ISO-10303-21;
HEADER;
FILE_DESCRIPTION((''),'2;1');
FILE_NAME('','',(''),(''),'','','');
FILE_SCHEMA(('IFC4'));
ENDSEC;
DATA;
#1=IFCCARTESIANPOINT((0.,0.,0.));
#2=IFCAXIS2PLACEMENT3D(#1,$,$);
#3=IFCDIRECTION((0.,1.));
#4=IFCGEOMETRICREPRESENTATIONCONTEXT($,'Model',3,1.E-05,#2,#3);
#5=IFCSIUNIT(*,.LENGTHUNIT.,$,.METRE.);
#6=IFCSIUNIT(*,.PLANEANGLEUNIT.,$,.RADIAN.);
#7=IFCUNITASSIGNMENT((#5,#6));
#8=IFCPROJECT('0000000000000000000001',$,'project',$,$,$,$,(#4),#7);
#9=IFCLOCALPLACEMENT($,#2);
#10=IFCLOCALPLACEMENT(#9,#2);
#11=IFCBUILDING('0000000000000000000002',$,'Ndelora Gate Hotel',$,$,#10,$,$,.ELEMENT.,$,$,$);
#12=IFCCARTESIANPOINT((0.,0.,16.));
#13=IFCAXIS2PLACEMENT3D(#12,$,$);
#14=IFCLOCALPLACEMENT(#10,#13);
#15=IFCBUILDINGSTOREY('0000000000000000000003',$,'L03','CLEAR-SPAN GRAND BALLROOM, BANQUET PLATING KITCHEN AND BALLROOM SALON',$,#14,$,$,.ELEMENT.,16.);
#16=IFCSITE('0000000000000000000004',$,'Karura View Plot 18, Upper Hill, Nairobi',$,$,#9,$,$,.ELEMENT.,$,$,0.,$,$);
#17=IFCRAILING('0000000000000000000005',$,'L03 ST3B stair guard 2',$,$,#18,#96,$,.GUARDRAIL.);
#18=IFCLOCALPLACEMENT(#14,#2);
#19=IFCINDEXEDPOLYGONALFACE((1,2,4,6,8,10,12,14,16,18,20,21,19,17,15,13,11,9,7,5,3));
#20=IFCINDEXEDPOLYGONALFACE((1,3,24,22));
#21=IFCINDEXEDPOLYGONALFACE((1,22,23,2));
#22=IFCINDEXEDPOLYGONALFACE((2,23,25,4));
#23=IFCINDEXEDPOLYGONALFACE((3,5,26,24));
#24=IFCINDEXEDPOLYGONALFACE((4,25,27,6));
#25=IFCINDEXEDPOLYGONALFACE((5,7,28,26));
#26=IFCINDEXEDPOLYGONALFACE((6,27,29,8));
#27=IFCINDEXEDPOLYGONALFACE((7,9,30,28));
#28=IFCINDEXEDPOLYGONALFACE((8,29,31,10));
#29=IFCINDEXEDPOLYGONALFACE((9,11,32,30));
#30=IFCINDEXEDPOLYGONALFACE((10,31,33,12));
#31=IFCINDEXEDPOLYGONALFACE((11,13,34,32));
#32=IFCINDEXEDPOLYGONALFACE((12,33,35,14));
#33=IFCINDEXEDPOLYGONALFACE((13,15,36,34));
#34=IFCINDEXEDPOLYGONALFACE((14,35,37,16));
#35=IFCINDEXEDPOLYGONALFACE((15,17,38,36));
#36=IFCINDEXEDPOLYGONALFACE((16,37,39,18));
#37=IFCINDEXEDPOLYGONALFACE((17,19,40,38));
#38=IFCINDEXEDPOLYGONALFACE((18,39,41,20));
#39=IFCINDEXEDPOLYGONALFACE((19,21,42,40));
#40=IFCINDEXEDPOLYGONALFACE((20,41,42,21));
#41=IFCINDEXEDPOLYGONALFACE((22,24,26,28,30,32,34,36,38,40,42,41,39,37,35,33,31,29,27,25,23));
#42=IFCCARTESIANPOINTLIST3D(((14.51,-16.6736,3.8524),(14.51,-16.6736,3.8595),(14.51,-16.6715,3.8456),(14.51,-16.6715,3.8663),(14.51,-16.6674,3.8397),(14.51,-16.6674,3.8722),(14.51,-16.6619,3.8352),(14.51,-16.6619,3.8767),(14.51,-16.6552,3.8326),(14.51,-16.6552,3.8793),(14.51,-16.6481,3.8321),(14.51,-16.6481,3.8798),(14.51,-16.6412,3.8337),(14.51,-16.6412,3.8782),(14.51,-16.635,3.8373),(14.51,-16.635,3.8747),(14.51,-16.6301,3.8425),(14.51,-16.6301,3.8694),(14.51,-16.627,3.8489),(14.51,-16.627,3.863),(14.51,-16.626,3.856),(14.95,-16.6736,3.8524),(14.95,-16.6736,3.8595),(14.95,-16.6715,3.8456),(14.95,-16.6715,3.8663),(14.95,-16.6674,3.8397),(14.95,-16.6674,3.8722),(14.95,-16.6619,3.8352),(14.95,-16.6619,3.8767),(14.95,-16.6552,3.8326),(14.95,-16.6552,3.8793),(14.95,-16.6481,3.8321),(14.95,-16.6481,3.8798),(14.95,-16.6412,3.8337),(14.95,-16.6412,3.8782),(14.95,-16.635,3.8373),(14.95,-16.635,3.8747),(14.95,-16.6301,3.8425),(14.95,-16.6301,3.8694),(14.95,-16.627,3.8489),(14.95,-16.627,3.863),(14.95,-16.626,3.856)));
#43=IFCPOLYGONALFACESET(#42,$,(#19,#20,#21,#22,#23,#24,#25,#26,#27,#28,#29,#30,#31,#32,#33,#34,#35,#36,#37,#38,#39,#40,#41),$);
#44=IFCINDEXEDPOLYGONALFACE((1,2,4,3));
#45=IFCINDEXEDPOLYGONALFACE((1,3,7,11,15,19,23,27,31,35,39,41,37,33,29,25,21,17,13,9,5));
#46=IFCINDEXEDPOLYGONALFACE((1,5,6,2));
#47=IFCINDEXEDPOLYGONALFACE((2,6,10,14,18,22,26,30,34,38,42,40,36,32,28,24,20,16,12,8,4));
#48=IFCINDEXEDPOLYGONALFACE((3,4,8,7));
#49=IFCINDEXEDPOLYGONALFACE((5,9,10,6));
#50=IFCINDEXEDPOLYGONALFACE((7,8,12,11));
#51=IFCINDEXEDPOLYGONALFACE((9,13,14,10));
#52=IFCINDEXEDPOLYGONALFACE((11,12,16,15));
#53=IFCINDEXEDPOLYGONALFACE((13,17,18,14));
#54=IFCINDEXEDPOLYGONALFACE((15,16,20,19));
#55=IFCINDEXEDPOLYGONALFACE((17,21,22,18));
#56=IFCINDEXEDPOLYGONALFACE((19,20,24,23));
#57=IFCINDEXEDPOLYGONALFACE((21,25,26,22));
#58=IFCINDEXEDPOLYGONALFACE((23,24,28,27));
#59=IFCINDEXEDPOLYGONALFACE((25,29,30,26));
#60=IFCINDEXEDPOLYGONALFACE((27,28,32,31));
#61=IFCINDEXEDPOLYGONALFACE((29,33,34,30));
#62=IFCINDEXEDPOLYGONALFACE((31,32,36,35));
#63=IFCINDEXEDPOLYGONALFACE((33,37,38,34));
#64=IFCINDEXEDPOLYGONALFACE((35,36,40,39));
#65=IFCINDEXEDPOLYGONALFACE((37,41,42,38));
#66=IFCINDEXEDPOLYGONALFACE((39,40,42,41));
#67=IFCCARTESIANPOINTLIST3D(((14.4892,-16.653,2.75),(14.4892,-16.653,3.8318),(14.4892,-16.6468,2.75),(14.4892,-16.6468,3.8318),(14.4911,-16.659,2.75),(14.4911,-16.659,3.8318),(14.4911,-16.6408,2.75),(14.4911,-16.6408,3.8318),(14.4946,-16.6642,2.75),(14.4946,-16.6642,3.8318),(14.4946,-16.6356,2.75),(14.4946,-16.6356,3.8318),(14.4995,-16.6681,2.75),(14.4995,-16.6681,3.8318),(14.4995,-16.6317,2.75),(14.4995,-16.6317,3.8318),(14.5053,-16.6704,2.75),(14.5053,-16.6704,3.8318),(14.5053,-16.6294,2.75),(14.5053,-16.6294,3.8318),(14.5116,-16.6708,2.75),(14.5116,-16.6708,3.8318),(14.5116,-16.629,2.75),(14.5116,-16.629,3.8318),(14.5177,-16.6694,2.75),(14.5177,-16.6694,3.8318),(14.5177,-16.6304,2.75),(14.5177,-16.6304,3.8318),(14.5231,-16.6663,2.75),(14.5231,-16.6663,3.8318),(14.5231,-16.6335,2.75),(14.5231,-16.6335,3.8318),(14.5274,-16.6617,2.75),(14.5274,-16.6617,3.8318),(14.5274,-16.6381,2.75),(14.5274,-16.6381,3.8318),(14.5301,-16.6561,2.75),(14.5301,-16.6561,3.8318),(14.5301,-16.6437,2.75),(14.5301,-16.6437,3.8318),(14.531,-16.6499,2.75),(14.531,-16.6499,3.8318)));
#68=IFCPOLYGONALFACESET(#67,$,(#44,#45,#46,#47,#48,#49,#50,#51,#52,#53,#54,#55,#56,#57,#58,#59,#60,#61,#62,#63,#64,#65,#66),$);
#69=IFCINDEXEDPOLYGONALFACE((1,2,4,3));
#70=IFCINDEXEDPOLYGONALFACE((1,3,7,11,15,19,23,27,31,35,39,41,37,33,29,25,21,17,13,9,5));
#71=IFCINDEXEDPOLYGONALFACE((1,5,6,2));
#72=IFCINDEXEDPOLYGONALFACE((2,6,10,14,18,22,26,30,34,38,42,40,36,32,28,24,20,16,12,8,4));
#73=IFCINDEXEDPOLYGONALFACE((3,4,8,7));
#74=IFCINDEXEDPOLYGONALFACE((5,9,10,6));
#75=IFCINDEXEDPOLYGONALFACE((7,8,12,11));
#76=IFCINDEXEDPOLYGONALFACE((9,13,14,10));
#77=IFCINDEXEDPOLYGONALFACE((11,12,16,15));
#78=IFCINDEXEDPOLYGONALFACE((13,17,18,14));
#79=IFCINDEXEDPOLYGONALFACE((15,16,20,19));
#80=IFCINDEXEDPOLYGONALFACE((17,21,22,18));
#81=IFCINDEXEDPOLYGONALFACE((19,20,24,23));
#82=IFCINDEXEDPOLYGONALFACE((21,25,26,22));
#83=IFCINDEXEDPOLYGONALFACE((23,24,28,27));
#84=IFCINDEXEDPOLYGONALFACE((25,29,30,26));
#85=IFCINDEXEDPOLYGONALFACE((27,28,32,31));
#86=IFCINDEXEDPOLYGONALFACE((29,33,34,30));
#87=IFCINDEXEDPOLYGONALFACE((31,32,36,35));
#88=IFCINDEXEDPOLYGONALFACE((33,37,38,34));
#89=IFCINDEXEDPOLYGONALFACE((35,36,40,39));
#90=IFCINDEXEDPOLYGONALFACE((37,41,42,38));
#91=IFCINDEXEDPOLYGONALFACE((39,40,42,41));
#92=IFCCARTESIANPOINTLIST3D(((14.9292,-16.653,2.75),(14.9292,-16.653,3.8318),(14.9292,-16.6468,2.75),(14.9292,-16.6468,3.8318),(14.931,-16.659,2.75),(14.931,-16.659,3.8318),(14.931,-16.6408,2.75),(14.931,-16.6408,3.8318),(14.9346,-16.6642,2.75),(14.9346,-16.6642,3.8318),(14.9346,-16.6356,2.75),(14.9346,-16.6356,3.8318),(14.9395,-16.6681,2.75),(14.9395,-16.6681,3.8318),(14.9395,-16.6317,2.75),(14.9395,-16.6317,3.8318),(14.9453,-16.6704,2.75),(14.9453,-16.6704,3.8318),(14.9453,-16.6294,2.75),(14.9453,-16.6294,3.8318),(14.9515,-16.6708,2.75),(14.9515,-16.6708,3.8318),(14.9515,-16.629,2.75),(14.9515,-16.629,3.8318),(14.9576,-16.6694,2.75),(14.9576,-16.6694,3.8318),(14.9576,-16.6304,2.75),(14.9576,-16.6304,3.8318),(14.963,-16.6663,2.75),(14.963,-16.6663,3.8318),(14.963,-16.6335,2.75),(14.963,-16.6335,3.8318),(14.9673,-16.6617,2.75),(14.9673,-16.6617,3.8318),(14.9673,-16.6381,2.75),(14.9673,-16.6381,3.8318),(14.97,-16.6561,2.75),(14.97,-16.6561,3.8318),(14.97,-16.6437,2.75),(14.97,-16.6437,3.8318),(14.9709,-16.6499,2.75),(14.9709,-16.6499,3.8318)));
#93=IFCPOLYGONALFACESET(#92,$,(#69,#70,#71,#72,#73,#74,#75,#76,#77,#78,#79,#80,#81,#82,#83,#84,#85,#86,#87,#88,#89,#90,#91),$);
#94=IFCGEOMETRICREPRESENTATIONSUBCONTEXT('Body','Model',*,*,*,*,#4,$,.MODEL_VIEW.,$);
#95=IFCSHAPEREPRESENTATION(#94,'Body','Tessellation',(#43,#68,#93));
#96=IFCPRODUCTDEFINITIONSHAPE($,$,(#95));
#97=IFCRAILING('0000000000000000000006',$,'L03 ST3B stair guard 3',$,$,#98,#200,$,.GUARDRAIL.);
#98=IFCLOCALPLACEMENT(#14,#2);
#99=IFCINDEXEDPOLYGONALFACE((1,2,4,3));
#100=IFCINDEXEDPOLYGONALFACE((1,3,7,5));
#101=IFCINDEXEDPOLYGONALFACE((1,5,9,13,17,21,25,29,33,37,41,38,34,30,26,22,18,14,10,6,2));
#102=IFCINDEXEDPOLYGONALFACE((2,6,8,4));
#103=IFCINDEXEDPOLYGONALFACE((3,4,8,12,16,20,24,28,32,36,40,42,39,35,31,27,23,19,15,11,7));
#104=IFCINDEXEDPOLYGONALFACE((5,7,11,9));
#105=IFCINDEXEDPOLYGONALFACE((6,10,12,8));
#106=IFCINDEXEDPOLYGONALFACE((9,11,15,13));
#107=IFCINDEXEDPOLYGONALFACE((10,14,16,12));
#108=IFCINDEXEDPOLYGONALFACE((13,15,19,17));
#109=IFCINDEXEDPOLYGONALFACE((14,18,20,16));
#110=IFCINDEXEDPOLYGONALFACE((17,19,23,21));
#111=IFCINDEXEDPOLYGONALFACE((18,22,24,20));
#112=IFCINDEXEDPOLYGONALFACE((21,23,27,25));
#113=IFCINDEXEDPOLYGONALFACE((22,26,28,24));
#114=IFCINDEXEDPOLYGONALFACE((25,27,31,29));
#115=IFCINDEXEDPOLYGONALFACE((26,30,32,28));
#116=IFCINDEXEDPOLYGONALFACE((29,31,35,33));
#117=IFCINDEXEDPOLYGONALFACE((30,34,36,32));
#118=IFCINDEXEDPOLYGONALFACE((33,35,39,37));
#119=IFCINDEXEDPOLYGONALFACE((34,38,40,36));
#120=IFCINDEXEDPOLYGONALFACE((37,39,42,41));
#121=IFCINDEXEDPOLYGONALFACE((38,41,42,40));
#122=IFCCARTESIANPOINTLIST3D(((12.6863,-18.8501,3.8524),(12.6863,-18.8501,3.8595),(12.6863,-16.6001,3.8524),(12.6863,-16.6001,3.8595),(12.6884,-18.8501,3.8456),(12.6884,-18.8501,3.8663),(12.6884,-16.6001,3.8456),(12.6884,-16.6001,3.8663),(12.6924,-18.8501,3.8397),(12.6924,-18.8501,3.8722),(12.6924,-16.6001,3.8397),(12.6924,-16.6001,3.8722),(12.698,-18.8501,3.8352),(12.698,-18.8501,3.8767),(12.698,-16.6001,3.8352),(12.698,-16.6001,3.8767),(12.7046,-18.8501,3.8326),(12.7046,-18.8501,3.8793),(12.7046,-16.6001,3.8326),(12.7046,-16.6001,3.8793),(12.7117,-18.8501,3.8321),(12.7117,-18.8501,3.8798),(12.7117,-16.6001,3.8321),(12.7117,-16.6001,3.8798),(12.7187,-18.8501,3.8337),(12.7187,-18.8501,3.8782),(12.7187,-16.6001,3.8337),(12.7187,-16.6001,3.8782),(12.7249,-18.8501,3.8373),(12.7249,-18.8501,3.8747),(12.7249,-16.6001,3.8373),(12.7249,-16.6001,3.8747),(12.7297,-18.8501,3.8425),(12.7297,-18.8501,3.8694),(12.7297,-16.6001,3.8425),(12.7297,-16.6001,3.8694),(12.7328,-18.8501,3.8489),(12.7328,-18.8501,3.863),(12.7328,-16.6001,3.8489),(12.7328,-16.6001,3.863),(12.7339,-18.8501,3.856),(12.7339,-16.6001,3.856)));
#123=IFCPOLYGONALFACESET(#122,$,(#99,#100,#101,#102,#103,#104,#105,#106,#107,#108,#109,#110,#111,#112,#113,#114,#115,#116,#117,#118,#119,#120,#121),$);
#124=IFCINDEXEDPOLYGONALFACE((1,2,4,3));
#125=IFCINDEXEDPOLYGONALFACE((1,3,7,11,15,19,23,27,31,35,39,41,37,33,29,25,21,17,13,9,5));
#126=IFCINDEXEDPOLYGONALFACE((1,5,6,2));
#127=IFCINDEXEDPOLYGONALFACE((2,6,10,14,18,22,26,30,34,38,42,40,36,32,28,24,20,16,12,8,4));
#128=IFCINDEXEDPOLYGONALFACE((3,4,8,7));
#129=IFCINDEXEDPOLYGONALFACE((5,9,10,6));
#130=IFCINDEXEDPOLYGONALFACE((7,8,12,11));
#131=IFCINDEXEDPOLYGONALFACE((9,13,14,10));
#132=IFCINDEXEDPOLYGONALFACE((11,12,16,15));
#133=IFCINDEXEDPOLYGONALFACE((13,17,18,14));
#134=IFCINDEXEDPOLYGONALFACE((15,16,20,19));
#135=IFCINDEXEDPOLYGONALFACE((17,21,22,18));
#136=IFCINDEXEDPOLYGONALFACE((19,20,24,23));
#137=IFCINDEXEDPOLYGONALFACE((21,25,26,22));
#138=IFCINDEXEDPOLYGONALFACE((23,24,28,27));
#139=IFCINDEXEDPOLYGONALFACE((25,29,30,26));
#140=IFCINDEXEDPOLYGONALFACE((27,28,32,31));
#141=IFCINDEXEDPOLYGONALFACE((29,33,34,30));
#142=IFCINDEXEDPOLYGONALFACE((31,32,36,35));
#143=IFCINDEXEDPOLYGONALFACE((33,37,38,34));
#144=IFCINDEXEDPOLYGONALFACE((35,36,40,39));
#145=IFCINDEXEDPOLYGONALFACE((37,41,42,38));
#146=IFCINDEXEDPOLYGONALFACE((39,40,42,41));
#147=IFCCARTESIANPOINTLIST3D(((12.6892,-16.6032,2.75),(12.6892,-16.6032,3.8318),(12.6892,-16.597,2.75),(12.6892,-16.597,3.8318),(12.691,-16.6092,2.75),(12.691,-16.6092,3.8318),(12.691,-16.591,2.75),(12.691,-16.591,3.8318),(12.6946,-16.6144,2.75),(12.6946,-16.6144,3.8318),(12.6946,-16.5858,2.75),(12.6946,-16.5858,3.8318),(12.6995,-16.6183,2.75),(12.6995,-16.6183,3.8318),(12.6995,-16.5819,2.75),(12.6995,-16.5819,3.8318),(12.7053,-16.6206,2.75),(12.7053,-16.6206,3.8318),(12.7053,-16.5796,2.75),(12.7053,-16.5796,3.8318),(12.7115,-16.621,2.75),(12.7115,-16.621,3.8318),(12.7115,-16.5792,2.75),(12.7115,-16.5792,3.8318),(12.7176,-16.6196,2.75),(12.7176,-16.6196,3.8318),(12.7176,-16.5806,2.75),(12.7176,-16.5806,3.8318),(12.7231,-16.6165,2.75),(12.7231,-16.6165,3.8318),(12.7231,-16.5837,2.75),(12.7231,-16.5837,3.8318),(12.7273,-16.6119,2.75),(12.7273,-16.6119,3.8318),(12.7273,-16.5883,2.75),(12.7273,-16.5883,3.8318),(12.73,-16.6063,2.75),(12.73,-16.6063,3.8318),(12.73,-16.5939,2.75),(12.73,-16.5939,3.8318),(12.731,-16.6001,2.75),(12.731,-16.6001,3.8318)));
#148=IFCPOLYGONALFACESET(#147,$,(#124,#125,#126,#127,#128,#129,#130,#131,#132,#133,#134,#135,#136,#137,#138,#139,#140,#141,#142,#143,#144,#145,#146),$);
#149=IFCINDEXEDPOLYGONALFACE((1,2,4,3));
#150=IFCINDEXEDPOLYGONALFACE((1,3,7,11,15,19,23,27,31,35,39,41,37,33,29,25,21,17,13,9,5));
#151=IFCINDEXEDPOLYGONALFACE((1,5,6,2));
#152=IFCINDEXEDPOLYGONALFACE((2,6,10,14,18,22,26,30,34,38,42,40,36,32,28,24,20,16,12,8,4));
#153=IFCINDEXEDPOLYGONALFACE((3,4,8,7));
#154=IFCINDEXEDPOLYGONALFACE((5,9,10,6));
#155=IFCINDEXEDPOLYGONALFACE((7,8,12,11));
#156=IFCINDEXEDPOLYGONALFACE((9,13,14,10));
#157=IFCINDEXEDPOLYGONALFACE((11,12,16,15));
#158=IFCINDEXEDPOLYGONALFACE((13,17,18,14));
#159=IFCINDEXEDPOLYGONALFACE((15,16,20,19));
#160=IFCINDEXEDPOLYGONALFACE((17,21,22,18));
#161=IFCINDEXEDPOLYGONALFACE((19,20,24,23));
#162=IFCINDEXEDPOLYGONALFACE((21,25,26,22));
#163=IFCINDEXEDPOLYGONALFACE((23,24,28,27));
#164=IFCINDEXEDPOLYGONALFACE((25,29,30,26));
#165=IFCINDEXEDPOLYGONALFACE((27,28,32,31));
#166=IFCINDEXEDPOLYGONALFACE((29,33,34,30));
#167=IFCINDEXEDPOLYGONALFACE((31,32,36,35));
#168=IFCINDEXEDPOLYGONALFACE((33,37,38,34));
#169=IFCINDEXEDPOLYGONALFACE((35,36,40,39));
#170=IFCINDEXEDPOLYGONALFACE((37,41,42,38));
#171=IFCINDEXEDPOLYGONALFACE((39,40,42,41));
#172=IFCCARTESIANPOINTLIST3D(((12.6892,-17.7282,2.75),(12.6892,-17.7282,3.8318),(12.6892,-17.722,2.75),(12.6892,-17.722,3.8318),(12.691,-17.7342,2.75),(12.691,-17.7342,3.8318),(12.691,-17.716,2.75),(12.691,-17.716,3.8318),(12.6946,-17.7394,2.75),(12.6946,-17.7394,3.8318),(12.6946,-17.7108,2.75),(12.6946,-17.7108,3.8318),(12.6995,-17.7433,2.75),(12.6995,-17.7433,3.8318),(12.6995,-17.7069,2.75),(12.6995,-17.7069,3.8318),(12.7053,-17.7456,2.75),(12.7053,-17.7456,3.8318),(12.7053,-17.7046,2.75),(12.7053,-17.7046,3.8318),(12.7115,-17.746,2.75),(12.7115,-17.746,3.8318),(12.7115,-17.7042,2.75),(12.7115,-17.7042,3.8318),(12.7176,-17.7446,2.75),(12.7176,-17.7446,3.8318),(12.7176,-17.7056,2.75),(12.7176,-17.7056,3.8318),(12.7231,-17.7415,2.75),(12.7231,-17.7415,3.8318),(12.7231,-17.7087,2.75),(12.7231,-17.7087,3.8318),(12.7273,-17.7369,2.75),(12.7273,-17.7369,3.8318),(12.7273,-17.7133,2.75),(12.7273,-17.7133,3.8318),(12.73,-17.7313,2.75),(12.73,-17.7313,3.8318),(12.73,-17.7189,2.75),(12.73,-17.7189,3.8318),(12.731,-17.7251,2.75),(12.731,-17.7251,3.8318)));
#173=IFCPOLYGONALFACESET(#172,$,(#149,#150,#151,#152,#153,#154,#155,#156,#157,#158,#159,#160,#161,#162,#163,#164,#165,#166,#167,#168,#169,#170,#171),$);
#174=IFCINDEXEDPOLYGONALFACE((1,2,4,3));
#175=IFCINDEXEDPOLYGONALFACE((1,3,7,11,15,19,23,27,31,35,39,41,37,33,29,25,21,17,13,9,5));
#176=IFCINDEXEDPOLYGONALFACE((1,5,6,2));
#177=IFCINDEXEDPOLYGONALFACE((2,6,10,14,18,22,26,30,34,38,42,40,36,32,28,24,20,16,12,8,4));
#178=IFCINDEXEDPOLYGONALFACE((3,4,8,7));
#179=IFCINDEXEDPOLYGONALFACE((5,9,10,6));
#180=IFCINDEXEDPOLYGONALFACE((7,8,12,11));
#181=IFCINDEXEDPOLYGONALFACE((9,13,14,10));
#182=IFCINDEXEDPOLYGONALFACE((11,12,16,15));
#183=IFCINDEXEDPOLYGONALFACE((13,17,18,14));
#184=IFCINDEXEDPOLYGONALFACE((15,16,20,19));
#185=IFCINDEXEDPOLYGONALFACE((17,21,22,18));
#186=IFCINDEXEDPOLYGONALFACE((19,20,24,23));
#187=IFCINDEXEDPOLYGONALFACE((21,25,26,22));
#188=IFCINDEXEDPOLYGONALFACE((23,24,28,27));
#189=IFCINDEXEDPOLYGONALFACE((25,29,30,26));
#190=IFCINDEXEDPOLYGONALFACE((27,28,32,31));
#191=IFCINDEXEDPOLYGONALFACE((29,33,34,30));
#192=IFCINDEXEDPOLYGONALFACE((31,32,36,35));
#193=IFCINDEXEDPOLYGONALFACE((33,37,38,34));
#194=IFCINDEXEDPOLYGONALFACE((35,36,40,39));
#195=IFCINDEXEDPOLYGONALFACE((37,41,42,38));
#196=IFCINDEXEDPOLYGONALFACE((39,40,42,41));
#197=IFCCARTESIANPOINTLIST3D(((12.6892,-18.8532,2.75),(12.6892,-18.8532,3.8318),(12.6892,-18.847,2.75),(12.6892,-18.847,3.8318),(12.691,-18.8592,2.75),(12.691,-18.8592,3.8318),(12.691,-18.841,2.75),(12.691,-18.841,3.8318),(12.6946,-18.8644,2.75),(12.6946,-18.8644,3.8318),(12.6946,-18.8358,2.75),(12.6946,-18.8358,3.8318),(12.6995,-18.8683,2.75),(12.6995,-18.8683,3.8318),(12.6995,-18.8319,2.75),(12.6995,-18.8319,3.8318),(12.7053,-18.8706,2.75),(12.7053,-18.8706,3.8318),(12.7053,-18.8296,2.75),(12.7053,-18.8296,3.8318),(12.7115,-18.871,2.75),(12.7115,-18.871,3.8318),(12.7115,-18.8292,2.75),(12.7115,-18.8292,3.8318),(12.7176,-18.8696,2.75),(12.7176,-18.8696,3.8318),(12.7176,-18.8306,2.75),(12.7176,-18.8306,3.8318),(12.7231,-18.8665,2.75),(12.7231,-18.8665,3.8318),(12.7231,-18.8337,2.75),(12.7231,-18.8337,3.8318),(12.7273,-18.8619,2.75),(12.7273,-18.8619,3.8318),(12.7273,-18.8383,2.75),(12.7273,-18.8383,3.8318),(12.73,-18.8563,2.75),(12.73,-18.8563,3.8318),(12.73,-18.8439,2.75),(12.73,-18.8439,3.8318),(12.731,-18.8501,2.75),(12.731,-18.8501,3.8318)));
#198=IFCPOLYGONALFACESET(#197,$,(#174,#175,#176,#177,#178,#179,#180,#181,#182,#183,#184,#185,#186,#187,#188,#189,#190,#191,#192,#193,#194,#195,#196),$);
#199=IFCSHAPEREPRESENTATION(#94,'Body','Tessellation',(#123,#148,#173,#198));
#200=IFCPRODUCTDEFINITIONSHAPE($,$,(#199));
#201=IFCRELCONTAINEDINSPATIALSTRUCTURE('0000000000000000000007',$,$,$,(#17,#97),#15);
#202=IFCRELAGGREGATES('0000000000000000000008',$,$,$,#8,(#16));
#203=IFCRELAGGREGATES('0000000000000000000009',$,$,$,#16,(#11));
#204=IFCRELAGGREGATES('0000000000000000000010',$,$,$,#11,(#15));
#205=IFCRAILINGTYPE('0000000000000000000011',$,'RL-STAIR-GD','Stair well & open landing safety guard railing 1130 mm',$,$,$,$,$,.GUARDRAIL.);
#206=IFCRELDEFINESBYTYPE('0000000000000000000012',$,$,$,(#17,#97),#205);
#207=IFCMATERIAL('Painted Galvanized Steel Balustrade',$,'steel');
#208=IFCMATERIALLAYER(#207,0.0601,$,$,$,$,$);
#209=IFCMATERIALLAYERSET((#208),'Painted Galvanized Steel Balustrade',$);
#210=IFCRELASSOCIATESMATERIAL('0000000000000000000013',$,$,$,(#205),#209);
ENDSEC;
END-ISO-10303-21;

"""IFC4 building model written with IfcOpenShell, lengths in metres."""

from ifc_helpers import new_model, si_unit, direction, frame, origin, origin_2d, place, context, subcontext, project, spatial, circle, extrude, material, layer, layer_set, type_object, element, save


model = new_model("IFC4")

# Units and contexts
model_context = context("Model", 3, precision=1e-05, world=origin(), true_north=direction((0.0, 1.0)))
body_context = subcontext(model_context, "Body", "Model", "MODEL_VIEW")
ifc_project = project(units=[si_unit("LENGTHUNIT", "METRE"), si_unit("PLANEANGLEUNIT", "RADIAN")], contexts=[model_context])

# Site, building, storey
site_placement = place(None, origin())
site = spatial("IfcSite", under=ifc_project, at=site_placement, Name="Karura View Plot 18, Upper Hill, Nairobi", CompositionType="ELEMENT", RefElevation=0.0)
building_placement = place(site_placement, origin())
building = spatial("IfcBuilding", under=site, at=building_placement, Name="Ndelora Gate Hotel", CompositionType="ELEMENT")
storey_placement = place(building_placement, frame((0.0, 0.0, 16.0)))
storey = spatial("IfcBuildingStorey", under=building, at=storey_placement, Name="L03", Description="CLEAR-SPAN GRAND BALLROOM, BANQUET PLATING KITCHEN AND BALLROOM SALON", CompositionType="ELEMENT", Elevation=16.0)

# Railings
ifc_material_1 = material(Name="Painted Galvanized Steel Balustrade", Category="steel")
ifc_layer_1 = layer(ifc_material_1, 0.0601)
ifc_layer_set_1 = layer_set([ifc_layer_1], Name="Painted Galvanized Steel Balustrade")
railing_type_1 = type_object("IfcRailingType", Name="RL-STAIR-GD", Description="Stair well & open landing safety guard railing 1130 mm", PredefinedType="GUARDRAIL", material=ifc_layer_set_1)
railing_1_placement = place(storey_placement, frame((14.51, -16.6499, 2.75)))
element("IfcRailing", 1, at=railing_1_placement, inside=storey, type_object=railing_type_1, Name="L03 ST3B stair guard 2", PredefinedType="GUARDRAIL", context=body_context, shape_type="SweptSolid", body=[
    extrude(circle(Radius=0.0239, at=origin_2d()), frame((0.0, 0.0, 1.106), z_axis=(1.0, 0.0, 0.0), x_axis=(0.0, 1.0, 0.0)), (0.0, 0.0, 1.0), 0.4399),
    extrude(circle(Radius=0.021, at=origin_2d()), origin(), (0.0, 0.0, 1.0), 1.0818),
    extrude(circle(Radius=0.021, at=origin_2d()), frame((0.4399, 0.0, 0.0)), (0.0, 0.0, 1.0), 1.0818),
])
railing_2_placement = place(storey_placement, frame((12.71, -16.6001, 2.75)))
element("IfcRailing", 2, at=railing_2_placement, inside=storey, type_object=railing_type_1, Name="L03 ST3B stair guard 3", PredefinedType="GUARDRAIL", context=body_context, shape_type="SweptSolid", body=[
    extrude(circle(Radius=0.0239, at=origin_2d()), frame((0.0, 0.0, 1.106), z_axis=(0.0, -1.0, 0.0), x_axis=(1.0, 0.0, 0.0)), (0.0, 0.0, 1.0), 2.25),
    extrude(circle(Radius=0.021, at=origin_2d()), origin(), (0.0, 0.0, 1.0), 1.0818),
    extrude(circle(Radius=0.021, at=origin_2d()), frame((0.0, -1.125, 0.0)), (0.0, 0.0, 1.0), 1.0818),
    extrude(circle(Radius=0.021, at=origin_2d()), frame((0.0, -2.25, 0.0)), (0.0, 0.0, 1.0), 1.0818),
])

save(model, "model.ifc")
